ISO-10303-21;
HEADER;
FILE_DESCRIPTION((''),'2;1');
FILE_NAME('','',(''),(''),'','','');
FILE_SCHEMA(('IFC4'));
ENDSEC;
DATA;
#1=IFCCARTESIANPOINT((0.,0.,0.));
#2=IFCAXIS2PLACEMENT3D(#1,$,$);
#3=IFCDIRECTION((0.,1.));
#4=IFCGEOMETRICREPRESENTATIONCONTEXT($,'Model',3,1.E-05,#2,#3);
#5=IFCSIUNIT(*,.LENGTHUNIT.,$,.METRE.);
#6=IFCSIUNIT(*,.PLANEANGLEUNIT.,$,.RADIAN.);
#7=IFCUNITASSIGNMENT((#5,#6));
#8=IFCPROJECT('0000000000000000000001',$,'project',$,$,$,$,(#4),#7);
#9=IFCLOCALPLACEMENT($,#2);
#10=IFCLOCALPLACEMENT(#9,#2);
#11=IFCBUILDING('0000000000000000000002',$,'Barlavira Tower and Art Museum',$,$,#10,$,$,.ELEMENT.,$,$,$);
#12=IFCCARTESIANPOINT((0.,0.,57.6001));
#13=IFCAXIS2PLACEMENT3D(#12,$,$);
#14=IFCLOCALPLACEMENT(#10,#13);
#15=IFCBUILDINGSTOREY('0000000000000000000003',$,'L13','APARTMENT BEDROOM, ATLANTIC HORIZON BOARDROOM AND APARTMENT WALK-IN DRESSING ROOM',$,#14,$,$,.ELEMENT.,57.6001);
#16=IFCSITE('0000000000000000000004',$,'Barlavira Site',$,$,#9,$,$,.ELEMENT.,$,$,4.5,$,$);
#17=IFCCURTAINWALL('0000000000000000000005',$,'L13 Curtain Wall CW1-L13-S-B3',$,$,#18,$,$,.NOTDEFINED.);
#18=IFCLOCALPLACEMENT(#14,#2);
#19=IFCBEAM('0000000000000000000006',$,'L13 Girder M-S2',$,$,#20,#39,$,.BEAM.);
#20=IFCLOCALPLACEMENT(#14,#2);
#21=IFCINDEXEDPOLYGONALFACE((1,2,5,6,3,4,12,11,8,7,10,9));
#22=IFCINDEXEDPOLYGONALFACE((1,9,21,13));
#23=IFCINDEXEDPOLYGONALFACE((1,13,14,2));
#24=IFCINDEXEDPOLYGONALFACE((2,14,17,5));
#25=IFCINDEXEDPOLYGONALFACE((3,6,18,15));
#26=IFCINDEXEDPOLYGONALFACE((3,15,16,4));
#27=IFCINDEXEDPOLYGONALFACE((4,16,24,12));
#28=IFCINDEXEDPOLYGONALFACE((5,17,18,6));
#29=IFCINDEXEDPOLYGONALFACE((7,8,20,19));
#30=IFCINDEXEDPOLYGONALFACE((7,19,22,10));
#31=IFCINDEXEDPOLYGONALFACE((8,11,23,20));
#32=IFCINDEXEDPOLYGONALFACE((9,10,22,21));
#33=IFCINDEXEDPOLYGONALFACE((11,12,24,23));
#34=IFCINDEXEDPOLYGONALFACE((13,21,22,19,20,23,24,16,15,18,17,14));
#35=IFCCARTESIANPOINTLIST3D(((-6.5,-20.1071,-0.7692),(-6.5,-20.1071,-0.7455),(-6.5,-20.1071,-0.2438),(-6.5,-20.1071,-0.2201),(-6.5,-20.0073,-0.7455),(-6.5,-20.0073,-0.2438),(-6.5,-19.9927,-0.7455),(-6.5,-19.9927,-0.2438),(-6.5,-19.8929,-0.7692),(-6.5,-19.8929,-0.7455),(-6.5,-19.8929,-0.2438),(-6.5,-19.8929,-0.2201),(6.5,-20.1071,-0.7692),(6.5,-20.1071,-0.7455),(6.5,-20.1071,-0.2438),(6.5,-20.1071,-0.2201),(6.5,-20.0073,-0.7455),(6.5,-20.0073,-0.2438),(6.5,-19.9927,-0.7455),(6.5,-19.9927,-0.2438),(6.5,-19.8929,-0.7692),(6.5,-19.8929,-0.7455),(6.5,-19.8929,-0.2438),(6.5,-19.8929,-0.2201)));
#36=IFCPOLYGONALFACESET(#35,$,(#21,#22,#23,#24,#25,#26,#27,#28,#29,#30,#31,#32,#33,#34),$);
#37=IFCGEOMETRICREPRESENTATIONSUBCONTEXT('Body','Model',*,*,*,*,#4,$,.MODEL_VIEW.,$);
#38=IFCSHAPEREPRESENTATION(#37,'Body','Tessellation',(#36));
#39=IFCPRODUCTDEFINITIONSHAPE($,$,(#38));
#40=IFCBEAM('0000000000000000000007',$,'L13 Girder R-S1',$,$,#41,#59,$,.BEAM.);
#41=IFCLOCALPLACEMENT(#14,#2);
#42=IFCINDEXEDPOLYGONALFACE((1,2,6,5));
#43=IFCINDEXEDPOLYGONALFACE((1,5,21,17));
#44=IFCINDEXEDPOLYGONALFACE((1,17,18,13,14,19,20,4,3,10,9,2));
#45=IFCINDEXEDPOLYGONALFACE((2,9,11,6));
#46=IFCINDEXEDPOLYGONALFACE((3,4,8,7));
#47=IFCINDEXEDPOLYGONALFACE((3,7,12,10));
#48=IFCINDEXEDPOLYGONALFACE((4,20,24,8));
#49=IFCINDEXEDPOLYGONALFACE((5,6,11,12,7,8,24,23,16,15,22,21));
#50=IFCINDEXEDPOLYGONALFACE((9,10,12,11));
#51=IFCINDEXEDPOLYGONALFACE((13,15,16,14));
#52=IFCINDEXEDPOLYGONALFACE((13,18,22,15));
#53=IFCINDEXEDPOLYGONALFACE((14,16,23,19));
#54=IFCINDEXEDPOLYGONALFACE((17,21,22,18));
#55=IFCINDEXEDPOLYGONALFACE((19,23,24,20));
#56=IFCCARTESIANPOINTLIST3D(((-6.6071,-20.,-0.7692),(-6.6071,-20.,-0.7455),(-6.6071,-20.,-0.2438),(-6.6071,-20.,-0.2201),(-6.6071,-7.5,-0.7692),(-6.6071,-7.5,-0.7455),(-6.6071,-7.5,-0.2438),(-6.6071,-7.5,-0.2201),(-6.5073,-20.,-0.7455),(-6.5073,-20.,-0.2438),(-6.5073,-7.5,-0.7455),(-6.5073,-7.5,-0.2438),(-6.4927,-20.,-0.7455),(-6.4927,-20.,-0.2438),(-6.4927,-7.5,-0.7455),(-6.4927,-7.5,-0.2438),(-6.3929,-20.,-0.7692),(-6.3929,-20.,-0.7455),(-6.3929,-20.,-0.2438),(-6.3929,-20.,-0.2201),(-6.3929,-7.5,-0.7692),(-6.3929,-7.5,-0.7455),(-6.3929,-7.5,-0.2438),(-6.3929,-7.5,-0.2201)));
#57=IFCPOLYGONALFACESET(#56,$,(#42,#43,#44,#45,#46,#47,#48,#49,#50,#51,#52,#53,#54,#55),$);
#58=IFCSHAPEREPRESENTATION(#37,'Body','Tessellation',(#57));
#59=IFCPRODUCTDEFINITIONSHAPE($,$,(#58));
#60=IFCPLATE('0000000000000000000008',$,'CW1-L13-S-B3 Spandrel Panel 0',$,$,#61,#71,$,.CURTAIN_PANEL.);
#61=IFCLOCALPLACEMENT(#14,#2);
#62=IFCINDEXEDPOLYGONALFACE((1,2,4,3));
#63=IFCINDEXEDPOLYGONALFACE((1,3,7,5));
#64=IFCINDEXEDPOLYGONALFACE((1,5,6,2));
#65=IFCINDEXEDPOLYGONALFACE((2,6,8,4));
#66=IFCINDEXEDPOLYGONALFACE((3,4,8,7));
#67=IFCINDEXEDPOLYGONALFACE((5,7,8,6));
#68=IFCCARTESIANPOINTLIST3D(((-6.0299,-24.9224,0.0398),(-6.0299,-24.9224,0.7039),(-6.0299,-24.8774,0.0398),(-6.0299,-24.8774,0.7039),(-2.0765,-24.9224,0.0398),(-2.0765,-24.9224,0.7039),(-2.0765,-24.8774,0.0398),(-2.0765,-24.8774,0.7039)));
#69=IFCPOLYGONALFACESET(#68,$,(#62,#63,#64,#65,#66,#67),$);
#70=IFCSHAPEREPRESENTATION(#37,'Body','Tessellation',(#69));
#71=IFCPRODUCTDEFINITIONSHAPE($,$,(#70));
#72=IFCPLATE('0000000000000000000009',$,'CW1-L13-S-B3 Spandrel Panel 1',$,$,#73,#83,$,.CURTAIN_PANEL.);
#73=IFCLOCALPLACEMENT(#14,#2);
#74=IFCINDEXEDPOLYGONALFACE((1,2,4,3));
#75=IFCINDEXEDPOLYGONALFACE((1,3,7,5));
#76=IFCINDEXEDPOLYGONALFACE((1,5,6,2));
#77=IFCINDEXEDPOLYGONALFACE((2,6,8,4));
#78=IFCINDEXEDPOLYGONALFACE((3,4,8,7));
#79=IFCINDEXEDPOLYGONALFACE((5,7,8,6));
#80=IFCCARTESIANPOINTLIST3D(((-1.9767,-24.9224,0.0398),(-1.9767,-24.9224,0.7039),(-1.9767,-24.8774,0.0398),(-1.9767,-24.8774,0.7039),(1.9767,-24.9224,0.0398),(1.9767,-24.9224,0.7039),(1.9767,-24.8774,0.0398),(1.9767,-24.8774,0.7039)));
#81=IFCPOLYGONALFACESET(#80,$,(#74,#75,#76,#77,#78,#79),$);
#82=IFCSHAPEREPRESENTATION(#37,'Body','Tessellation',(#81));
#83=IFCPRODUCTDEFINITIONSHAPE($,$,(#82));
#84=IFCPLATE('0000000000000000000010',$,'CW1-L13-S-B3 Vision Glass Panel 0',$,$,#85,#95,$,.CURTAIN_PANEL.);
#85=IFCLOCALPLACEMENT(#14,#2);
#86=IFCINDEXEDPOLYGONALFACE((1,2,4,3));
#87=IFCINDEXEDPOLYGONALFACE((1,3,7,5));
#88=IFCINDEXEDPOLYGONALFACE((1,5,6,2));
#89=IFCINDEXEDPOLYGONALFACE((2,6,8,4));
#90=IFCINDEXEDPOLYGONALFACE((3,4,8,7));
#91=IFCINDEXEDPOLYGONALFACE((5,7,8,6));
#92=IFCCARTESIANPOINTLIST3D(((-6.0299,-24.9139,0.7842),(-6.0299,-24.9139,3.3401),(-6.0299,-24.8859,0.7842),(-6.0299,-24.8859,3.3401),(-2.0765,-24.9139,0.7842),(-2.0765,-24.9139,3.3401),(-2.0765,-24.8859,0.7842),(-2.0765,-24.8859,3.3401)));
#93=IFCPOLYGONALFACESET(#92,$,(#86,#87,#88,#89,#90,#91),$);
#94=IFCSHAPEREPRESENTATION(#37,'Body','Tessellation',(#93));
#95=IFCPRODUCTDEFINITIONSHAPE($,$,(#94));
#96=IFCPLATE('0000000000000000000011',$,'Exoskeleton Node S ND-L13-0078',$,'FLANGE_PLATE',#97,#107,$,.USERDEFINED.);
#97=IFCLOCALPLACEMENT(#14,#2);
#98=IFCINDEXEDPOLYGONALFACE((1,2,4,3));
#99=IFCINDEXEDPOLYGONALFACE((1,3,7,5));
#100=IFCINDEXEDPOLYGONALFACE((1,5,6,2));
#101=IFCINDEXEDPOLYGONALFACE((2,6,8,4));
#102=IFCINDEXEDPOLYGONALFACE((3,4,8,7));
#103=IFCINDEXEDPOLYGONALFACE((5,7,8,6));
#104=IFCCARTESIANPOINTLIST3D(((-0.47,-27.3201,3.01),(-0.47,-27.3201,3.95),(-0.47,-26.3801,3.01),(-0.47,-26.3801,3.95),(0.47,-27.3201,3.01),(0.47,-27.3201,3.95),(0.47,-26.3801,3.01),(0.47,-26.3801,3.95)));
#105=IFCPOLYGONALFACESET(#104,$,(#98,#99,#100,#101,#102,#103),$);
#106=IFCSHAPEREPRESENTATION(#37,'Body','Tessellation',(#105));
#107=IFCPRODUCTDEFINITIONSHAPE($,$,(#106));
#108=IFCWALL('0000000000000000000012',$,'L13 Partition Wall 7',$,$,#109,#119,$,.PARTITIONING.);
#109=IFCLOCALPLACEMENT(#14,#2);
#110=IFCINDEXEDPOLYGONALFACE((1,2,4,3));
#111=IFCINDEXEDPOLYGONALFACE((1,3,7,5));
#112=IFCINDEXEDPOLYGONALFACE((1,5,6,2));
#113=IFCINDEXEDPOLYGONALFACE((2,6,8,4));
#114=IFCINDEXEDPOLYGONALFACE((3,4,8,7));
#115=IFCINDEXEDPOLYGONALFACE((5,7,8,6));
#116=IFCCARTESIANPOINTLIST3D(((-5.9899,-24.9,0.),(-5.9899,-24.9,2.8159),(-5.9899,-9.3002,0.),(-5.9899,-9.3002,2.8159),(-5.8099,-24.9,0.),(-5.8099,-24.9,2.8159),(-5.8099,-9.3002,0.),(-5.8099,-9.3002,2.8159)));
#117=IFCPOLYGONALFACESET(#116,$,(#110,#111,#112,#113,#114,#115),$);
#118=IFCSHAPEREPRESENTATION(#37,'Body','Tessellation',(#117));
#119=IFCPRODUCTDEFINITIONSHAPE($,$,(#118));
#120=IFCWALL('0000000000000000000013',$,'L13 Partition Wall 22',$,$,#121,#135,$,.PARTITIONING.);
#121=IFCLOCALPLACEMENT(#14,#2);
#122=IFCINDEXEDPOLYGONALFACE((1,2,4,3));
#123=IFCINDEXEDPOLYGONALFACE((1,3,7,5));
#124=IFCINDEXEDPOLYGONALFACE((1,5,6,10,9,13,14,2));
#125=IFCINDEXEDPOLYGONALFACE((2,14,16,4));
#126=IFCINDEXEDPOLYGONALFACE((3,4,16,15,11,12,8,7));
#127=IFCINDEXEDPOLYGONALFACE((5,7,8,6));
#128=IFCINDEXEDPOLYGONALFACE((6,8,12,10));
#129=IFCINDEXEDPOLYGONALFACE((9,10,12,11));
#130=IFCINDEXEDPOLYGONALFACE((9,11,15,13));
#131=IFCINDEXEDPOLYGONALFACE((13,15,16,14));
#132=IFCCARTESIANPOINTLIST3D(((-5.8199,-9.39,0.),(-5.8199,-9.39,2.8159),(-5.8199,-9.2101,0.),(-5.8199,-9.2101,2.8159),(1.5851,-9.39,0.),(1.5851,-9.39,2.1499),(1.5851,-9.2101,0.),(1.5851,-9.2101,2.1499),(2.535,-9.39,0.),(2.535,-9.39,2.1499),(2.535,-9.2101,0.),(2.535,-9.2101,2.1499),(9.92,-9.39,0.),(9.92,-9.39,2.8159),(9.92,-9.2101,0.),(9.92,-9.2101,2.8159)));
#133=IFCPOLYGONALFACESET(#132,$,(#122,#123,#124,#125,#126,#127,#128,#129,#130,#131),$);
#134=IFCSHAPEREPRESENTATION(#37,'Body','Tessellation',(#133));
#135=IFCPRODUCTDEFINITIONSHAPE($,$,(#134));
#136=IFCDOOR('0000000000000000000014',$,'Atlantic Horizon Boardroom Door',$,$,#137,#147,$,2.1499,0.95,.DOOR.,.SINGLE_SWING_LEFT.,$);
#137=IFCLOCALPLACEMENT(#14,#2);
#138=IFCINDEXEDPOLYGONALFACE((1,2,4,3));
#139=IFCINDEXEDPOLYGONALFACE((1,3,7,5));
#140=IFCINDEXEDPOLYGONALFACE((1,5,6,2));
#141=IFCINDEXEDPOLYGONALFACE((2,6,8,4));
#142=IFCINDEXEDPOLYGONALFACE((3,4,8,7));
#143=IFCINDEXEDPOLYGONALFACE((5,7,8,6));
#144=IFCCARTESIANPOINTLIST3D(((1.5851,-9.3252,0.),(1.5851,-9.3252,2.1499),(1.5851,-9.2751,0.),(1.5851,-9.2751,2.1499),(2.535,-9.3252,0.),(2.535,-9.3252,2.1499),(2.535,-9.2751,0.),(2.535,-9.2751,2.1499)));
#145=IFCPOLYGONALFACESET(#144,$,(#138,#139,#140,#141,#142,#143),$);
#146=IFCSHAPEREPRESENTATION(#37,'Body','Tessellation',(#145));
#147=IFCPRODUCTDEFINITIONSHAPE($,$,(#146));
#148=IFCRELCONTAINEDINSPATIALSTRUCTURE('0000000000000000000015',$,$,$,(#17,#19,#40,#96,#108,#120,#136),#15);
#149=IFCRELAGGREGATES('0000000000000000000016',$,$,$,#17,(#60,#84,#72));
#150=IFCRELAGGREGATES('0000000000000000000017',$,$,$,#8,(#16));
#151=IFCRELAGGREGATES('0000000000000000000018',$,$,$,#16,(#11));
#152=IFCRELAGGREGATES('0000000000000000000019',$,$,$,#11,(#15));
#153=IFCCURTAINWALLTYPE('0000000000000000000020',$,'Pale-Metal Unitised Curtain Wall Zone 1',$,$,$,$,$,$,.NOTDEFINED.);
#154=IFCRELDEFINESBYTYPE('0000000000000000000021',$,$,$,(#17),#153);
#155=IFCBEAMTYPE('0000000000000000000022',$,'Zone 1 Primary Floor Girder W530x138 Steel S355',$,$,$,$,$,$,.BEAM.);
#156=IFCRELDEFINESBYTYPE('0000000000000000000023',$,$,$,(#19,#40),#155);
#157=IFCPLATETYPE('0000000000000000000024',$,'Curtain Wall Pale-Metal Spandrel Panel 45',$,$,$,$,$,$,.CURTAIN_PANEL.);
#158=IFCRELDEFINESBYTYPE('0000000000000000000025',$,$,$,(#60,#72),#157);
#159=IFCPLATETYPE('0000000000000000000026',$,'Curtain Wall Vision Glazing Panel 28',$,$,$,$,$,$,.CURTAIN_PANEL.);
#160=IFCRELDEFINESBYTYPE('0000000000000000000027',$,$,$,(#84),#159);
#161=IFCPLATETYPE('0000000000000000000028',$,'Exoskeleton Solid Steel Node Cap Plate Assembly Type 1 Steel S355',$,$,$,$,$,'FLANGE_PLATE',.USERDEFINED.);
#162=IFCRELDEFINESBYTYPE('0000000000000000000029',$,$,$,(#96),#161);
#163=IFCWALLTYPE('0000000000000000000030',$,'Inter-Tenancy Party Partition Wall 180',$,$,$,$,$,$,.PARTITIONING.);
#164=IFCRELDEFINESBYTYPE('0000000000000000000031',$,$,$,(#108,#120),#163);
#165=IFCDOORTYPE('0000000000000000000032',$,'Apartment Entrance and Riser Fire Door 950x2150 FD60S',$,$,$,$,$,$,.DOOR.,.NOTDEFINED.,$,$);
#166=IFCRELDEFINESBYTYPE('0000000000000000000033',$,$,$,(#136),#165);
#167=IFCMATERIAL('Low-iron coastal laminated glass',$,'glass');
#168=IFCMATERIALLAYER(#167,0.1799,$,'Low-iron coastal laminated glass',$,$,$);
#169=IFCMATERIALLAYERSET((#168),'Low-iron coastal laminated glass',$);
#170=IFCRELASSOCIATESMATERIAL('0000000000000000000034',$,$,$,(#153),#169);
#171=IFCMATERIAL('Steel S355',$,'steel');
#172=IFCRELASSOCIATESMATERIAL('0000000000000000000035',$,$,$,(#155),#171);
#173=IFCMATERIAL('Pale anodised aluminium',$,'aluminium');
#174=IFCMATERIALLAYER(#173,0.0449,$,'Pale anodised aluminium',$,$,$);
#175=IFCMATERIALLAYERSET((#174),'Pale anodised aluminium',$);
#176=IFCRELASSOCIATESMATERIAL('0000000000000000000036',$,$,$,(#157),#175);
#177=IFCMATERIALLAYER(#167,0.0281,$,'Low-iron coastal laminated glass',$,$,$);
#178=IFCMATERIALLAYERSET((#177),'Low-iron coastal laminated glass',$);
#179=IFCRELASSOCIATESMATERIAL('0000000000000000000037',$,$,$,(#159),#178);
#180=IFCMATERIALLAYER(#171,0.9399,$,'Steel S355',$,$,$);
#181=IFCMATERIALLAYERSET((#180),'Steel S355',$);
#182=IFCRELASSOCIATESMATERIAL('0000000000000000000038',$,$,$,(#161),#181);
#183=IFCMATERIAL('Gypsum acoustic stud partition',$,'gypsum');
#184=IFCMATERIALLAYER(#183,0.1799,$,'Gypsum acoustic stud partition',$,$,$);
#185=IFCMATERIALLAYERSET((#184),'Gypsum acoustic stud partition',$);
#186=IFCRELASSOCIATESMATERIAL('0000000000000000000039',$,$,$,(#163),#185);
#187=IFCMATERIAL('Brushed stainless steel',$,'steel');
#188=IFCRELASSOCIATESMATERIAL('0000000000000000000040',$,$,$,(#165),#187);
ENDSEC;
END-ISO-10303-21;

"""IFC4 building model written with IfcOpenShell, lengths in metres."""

from ifc_helpers import new_model, si_unit, direction, frame, frame_2d, origin, origin_2d, place, context, subcontext, project, spatial, rectangle, i_section, extrude, material, layer, layer_set, material_profile, profile_set, type_object, element, fill, aggregate, save


model = new_model("IFC4")

# Units and contexts
model_context = context("Model", 3, precision=1e-05, world=origin(), true_north=direction((0.0, 1.0)))
body_context = subcontext(model_context, "Body", "Model", "MODEL_VIEW")
ifc_project = project(units=[si_unit("LENGTHUNIT", "METRE"), si_unit("PLANEANGLEUNIT", "RADIAN")], contexts=[model_context])

# Site, building, storey
site_placement = place(None, origin())
site = spatial("IfcSite", under=ifc_project, at=site_placement, Name="Barlavira Site", CompositionType="ELEMENT", RefElevation=4.5)
building_placement = place(site_placement, origin())
building = spatial("IfcBuilding", under=site, at=building_placement, Name="Barlavira Tower and Art Museum", CompositionType="ELEMENT")
storey_placement = place(building_placement, frame((0.0, 0.0, 57.6001)))
storey = spatial("IfcBuildingStorey", under=building, at=storey_placement, Name="L13", Description="APARTMENT BEDROOM, ATLANTIC HORIZON BOARDROOM AND APARTMENT WALK-IN DRESSING ROOM", CompositionType="ELEMENT", Elevation=57.6001)

# Curtain wall
ifc_material_1 = material(Name="Low-iron coastal laminated glass", Category="glass")
ifc_layer_1 = layer(ifc_material_1, 0.1799, Name="Low-iron coastal laminated glass")
ifc_layer_set_1 = layer_set([ifc_layer_1], Name="Low-iron coastal laminated glass")
curtain_wall_type = type_object("IfcCurtainWallType", Name="Pale-Metal Unitised Curtain Wall Zone 1", PredefinedType="NOTDEFINED", material=ifc_layer_set_1)
curtain_wall_placement = place(storey_placement, origin())
curtain_wall = element("IfcCurtainWall", 1, at=curtain_wall_placement, inside=storey, type_object=curtain_wall_type, Name="L13 Curtain Wall CW1-L13-S-B3", PredefinedType="NOTDEFINED")
ifc_material_2 = material(Name="Pale anodised aluminium", Category="aluminium")

# Shared definitions
ifc_material_3 = material(Name="Steel S355", Category="steel")

# Beams
ifc_material_profile_1 = material_profile(ifc_material_3, i_section(OverallWidth=0.2141, OverallDepth=0.5491, WebThickness=0.0146, FlangeThickness=0.0237, at=origin_2d()), Name="W530x138.0")
ifc_profile_set_1 = profile_set([ifc_material_profile_1], Name="Steel S355")
beam_type_1 = type_object("IfcBeamType", Name="Zone 1 Primary Floor Girder W530x138 Steel S355", PredefinedType="BEAM", material=ifc_profile_set_1)
beam_1_placement = place(storey_placement, frame((-6.5, -20.0, -0.4946), z_axis=(1.0, 0.0, 0.0), x_axis=(0.0, 1.0, 0.0)))
element("IfcBeam", 2, at=beam_1_placement, inside=storey, type_object=beam_type_1, Name="L13 Girder M-S2", PredefinedType="BEAM", context=body_context, shape_type="SweptSolid", body=[
    extrude(i_section(OverallWidth=0.2141, OverallDepth=0.5491, WebThickness=0.0146, FlangeThickness=0.0237, at=origin_2d()), origin(), (0.0, 0.0, 1.0), 13.0),
])
beam_2_placement = place(storey_placement, frame((-6.5, -20.0, -0.4946), z_axis=(0.0, 1.0, 0.0), x_axis=(-1.0, 0.0, 0.0)))
element("IfcBeam", 3, at=beam_2_placement, inside=storey, type_object=beam_type_1, Name="L13 Girder R-S1", PredefinedType="BEAM", context=body_context, shape_type="SweptSolid", body=[
    extrude(i_section(OverallWidth=0.2141, OverallDepth=0.5491, WebThickness=0.0146, FlangeThickness=0.0237, at=origin_2d()), origin(), (0.0, 0.0, 1.0), 12.5),
])

# Plates
ifc_layer_2 = layer(ifc_material_2, 0.0449, Name="Pale anodised aluminium")
ifc_layer_set_2 = layer_set([ifc_layer_2], Name="Pale anodised aluminium")
plate_type_1 = type_object("IfcPlateType", Name="Curtain Wall Pale-Metal Spandrel Panel 45", PredefinedType="CURTAIN_PANEL", material=ifc_layer_set_2)
plate_1_placement = place(storey_placement, frame((-4.0532, -24.8999, 0.0398), z_axis=(0.0, 0.0, 1.0), x_axis=(1.0, 0.0, 0.0)))
plate_1 = element("IfcPlate", 4, at=plate_1_placement, type_object=plate_type_1, Name="CW1-L13-S-B3 Spandrel Panel 0", PredefinedType="CURTAIN_PANEL", context=body_context, shape_type="SweptSolid", body=[
    extrude(rectangle(XDim=3.9534, YDim=0.0449, at=origin_2d()), origin(), (0.0, 0.0, 1.0), 0.6641),
])
plate_2_placement = place(storey_placement, frame((0.0, -24.8999, 0.0398), z_axis=(0.0, 0.0, 1.0), x_axis=(1.0, 0.0, 0.0)))
plate_2 = element("IfcPlate", 5, at=plate_2_placement, type_object=plate_type_1, Name="CW1-L13-S-B3 Spandrel Panel 1", PredefinedType="CURTAIN_PANEL", context=body_context, shape_type="SweptSolid", body=[
    extrude(rectangle(XDim=3.9534, YDim=0.0449, at=origin_2d()), origin(), (0.0, 0.0, 1.0), 0.6641),
])
ifc_layer_3 = layer(ifc_material_1, 0.0281, Name="Low-iron coastal laminated glass")
ifc_layer_set_3 = layer_set([ifc_layer_3], Name="Low-iron coastal laminated glass")
plate_type_2 = type_object("IfcPlateType", Name="Curtain Wall Vision Glazing Panel 28", PredefinedType="CURTAIN_PANEL", material=ifc_layer_set_3)
plate_3_placement = place(storey_placement, frame((-4.0532, -24.8999, 0.7842), z_axis=(0.0, 0.0, 1.0), x_axis=(1.0, 0.0, 0.0)))
plate_3 = element("IfcPlate", 6, at=plate_3_placement, type_object=plate_type_2, Name="CW1-L13-S-B3 Vision Glass Panel 0", PredefinedType="CURTAIN_PANEL", context=body_context, shape_type="SweptSolid", body=[
    extrude(rectangle(XDim=3.9534, YDim=0.0281, at=origin_2d()), origin(), (0.0, 0.0, 1.0), 2.5559),
])
aggregate(curtain_wall, [plate_1, plate_3, plate_2])
ifc_layer_4 = layer(ifc_material_3, 0.9399, Name="Steel S355")
ifc_layer_set_4 = layer_set([ifc_layer_4], Name="Steel S355")
plate_type_3 = type_object("IfcPlateType", Name="Exoskeleton Solid Steel Node Cap Plate Assembly Type 1 Steel S355", ElementType="FLANGE_PLATE", PredefinedType="USERDEFINED", material=ifc_layer_set_4)
plate_4_placement = place(storey_placement, frame((0.0, -26.8501, 3.01), z_axis=(0.0, 0.0, 1.0), x_axis=(1.0, 0.0, 0.0)))
element("IfcPlate", 7, at=plate_4_placement, inside=storey, type_object=plate_type_3, Name="Exoskeleton Node S ND-L13-0078", ObjectType="FLANGE_PLATE", PredefinedType="USERDEFINED", context=body_context, shape_type="SweptSolid", body=[
    extrude(rectangle(XDim=0.9399, YDim=0.9399, at=origin_2d()), origin(), (0.0, 0.0, 1.0), 0.9399),
])

# Wall
ifc_material_4 = material(Name="Gypsum acoustic stud partition", Category="gypsum")
ifc_layer_5 = layer(ifc_material_4, 0.1799, Name="Gypsum acoustic stud partition")
ifc_layer_set_5 = layer_set([ifc_layer_5], Name="Gypsum acoustic stud partition")
wall_type = type_object("IfcWallType", Name="Inter-Tenancy Party Partition Wall 180", PredefinedType="PARTITIONING", material=ifc_layer_set_5)
wall_1_placement = place(storey_placement, frame((-5.8999, -24.8999, 0.0), z_axis=(0.0, 0.0, 1.0), x_axis=(0.0, 1.0, 0.0)))
element("IfcWall", 8, at=wall_1_placement, inside=storey, type_object=wall_type, Name="L13 Partition Wall 7", PredefinedType="PARTITIONING", context=body_context, shape_type="SweptSolid", body=[
    extrude(rectangle(XDim=15.5999, YDim=0.1799, at=frame_2d((7.7998, 0.0))), origin(), (0.0, 0.0, 1.0), 2.8159),
])

# Wall, opening, door
wall_2_placement = place(storey_placement, frame((-5.8201, -9.3, 0.0), z_axis=(0.0, 0.0, 1.0), x_axis=(1.0, 0.0, 0.0)))
wall_2 = element("IfcWall", 9, at=wall_2_placement, inside=storey, type_object=wall_type, Name="L13 Partition Wall 22", PredefinedType="PARTITIONING", context=body_context, shape_type="SweptSolid", body=[
    extrude(rectangle(XDim=15.74, YDim=0.1799, at=frame_2d((7.8701, 0.0))), origin(), (0.0, 0.0, 1.0), 2.8159),
])
opening_placement = place(wall_2_placement, frame((7.405, 0.0, 0.0)))
opening = element("IfcOpeningElement", 10, at=opening_placement, cuts=wall_2, PredefinedType="OPENING", context=body_context, shape_type="SweptSolid", body=[
    extrude(rectangle(XDim=0.95, YDim=2.1499, at=frame_2d((0.4751, 1.075))), frame((0.0, 0.1001, 0.0), z_axis=(0.0, -1.0, 0.0), x_axis=(1.0, 0.0, 0.0)), (0.0, 0.0, 1.0), 0.2),
])
ifc_material_5 = material(Name="Brushed stainless steel", Category="steel")
door_type = type_object("IfcDoorType", Name="Apartment Entrance and Riser Fire Door 950x2150 FD60S", OperationType="NOTDEFINED", PredefinedType="DOOR", material=ifc_material_5)
door_placement = place(opening_placement, origin())
door = element("IfcDoor", 11, at=door_placement, inside=storey, type_object=door_type, Name="Atlantic Horizon Boardroom Door", OperationType="SINGLE_SWING_LEFT", OverallHeight=2.1499, OverallWidth=0.95, PredefinedType="DOOR", context=body_context, shape_type="SweptSolid", body=[
    extrude(rectangle(XDim=0.95, YDim=2.1499, at=frame_2d((0.4751, 1.075))), frame((0.0, 0.0249, 0.0), z_axis=(0.0, -1.0, 0.0), x_axis=(1.0, 0.0, 0.0)), (0.0, 0.0, 1.0), 0.05),
])
fill(opening, door)

save(model, "model.ifc")
